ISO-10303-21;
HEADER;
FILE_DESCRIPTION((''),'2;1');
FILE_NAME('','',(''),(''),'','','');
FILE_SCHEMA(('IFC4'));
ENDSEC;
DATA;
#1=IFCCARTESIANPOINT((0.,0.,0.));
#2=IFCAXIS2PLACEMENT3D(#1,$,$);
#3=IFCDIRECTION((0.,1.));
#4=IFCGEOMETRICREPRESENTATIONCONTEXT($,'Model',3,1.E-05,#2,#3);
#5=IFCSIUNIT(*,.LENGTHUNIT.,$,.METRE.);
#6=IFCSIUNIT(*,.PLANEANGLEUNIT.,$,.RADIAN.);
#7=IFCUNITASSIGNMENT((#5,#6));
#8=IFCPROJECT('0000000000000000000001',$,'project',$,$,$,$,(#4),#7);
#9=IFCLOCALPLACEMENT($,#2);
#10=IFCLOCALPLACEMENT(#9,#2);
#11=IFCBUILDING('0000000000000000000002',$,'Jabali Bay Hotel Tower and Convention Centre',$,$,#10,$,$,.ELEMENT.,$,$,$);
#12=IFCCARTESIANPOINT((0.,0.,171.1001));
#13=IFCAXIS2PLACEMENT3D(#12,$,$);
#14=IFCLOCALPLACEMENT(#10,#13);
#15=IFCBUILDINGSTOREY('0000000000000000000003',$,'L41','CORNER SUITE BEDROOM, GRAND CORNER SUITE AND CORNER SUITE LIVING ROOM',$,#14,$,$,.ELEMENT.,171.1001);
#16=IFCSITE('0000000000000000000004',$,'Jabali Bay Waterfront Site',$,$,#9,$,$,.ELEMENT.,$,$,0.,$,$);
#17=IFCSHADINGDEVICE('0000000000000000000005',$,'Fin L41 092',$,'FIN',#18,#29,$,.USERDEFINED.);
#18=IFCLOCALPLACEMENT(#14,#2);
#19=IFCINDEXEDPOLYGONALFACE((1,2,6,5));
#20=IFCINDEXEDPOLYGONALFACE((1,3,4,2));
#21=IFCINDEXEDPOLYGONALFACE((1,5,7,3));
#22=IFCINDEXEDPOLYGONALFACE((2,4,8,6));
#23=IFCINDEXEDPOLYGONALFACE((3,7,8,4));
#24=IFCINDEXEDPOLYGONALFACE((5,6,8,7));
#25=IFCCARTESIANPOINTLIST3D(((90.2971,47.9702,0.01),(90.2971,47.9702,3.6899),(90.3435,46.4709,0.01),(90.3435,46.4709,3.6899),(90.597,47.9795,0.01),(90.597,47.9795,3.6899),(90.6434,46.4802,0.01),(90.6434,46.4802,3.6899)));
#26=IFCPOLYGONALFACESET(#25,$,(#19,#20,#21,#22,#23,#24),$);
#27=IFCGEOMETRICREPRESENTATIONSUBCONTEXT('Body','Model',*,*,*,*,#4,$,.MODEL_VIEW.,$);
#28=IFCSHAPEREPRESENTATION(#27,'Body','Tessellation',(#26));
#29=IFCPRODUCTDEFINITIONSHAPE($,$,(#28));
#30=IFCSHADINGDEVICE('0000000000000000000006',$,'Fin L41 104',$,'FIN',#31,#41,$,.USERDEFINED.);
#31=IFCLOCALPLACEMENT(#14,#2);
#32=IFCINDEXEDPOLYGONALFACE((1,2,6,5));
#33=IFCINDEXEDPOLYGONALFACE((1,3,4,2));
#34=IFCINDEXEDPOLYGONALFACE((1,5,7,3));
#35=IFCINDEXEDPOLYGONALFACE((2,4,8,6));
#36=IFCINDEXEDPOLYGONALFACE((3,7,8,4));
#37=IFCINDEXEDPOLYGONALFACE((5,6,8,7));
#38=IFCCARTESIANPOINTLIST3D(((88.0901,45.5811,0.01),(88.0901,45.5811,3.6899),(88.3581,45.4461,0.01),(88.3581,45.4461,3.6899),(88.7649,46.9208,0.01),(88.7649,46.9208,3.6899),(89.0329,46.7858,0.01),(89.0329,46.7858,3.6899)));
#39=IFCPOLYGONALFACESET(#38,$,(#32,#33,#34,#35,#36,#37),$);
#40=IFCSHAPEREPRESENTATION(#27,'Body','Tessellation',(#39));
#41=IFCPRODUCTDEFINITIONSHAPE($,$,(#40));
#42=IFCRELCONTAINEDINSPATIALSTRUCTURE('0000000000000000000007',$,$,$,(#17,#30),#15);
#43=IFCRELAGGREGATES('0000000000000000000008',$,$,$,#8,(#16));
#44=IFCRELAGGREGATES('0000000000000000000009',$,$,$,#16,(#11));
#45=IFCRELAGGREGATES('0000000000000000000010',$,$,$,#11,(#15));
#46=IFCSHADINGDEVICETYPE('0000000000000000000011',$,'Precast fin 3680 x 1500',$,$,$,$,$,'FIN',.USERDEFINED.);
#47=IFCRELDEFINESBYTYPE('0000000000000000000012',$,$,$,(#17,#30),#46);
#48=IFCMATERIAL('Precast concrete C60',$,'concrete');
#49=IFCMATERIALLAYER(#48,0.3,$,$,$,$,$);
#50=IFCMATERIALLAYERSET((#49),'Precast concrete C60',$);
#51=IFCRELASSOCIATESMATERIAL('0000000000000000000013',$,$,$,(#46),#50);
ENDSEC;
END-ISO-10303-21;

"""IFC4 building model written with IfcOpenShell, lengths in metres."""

from ifc_helpers import new_model, si_unit, direction, frame, frame_2d, origin, place, context, subcontext, project, spatial, rectangle, extrude, material, layer, layer_set, type_object, element, save


model = new_model("IFC4")

# Units and contexts
model_context = context("Model", 3, precision=1e-05, world=origin(), true_north=direction((0.0, 1.0)))
body_context = subcontext(model_context, "Body", "Model", "MODEL_VIEW")
ifc_project = project(units=[si_unit("LENGTHUNIT", "METRE"), si_unit("PLANEANGLEUNIT", "RADIAN")], contexts=[model_context])

# Site, building, storey
site_placement = place(None, origin())
site = spatial("IfcSite", under=ifc_project, at=site_placement, Name="Jabali Bay Waterfront Site", CompositionType="ELEMENT", RefElevation=0.0)
building_placement = place(site_placement, origin())
building = spatial("IfcBuilding", under=site, at=building_placement, Name="Jabali Bay Hotel Tower and Convention Centre", CompositionType="ELEMENT")
storey_placement = place(building_placement, frame((0.0, 0.0, 171.1001)))
storey = spatial("IfcBuildingStorey", under=building, at=storey_placement, Name="L41", Description="CORNER SUITE BEDROOM, GRAND CORNER SUITE AND CORNER SUITE LIVING ROOM", CompositionType="ELEMENT", Elevation=171.1001)

# Shading devices
ifc_material_1 = material(Name="Precast concrete C60", Category="concrete")
ifc_layer_1 = layer(ifc_material_1, 0.3)
ifc_layer_set_1 = layer_set([ifc_layer_1], Name="Precast concrete C60")
shading_device_type = type_object("IfcShadingDeviceType", Name="Precast fin 3680 x 1500", ElementType="FIN", PredefinedType="USERDEFINED", material=ifc_layer_set_1)
for number, where, z_axis, x_axis, name in (
    (1, (90.447, 47.9749, 0.01), (0.0, 0.0, 1.0), (0.030925, -0.999522, 0.0), "Fin L41 092"),
    (2, (88.8989, 46.8533, 0.01), (0.0, 0.0, 1.0), (-0.449881, -0.893089, 0.0), "Fin L41 104"),
):
    element("IfcShadingDevice", number, at=place(storey_placement, frame(where, z_axis=z_axis, x_axis=x_axis)), inside=storey, type_object=shading_device_type, Name=name, ObjectType="FIN", PredefinedType="USERDEFINED", context=body_context, shape_type="SweptSolid", body=[
        extrude(rectangle(XDim=1.5, YDim=0.3, at=frame_2d((0.75, 0.0))), origin(), (0.0, 0.0, 1.0), 3.6799),
    ])

save(model, "model.ifc")
